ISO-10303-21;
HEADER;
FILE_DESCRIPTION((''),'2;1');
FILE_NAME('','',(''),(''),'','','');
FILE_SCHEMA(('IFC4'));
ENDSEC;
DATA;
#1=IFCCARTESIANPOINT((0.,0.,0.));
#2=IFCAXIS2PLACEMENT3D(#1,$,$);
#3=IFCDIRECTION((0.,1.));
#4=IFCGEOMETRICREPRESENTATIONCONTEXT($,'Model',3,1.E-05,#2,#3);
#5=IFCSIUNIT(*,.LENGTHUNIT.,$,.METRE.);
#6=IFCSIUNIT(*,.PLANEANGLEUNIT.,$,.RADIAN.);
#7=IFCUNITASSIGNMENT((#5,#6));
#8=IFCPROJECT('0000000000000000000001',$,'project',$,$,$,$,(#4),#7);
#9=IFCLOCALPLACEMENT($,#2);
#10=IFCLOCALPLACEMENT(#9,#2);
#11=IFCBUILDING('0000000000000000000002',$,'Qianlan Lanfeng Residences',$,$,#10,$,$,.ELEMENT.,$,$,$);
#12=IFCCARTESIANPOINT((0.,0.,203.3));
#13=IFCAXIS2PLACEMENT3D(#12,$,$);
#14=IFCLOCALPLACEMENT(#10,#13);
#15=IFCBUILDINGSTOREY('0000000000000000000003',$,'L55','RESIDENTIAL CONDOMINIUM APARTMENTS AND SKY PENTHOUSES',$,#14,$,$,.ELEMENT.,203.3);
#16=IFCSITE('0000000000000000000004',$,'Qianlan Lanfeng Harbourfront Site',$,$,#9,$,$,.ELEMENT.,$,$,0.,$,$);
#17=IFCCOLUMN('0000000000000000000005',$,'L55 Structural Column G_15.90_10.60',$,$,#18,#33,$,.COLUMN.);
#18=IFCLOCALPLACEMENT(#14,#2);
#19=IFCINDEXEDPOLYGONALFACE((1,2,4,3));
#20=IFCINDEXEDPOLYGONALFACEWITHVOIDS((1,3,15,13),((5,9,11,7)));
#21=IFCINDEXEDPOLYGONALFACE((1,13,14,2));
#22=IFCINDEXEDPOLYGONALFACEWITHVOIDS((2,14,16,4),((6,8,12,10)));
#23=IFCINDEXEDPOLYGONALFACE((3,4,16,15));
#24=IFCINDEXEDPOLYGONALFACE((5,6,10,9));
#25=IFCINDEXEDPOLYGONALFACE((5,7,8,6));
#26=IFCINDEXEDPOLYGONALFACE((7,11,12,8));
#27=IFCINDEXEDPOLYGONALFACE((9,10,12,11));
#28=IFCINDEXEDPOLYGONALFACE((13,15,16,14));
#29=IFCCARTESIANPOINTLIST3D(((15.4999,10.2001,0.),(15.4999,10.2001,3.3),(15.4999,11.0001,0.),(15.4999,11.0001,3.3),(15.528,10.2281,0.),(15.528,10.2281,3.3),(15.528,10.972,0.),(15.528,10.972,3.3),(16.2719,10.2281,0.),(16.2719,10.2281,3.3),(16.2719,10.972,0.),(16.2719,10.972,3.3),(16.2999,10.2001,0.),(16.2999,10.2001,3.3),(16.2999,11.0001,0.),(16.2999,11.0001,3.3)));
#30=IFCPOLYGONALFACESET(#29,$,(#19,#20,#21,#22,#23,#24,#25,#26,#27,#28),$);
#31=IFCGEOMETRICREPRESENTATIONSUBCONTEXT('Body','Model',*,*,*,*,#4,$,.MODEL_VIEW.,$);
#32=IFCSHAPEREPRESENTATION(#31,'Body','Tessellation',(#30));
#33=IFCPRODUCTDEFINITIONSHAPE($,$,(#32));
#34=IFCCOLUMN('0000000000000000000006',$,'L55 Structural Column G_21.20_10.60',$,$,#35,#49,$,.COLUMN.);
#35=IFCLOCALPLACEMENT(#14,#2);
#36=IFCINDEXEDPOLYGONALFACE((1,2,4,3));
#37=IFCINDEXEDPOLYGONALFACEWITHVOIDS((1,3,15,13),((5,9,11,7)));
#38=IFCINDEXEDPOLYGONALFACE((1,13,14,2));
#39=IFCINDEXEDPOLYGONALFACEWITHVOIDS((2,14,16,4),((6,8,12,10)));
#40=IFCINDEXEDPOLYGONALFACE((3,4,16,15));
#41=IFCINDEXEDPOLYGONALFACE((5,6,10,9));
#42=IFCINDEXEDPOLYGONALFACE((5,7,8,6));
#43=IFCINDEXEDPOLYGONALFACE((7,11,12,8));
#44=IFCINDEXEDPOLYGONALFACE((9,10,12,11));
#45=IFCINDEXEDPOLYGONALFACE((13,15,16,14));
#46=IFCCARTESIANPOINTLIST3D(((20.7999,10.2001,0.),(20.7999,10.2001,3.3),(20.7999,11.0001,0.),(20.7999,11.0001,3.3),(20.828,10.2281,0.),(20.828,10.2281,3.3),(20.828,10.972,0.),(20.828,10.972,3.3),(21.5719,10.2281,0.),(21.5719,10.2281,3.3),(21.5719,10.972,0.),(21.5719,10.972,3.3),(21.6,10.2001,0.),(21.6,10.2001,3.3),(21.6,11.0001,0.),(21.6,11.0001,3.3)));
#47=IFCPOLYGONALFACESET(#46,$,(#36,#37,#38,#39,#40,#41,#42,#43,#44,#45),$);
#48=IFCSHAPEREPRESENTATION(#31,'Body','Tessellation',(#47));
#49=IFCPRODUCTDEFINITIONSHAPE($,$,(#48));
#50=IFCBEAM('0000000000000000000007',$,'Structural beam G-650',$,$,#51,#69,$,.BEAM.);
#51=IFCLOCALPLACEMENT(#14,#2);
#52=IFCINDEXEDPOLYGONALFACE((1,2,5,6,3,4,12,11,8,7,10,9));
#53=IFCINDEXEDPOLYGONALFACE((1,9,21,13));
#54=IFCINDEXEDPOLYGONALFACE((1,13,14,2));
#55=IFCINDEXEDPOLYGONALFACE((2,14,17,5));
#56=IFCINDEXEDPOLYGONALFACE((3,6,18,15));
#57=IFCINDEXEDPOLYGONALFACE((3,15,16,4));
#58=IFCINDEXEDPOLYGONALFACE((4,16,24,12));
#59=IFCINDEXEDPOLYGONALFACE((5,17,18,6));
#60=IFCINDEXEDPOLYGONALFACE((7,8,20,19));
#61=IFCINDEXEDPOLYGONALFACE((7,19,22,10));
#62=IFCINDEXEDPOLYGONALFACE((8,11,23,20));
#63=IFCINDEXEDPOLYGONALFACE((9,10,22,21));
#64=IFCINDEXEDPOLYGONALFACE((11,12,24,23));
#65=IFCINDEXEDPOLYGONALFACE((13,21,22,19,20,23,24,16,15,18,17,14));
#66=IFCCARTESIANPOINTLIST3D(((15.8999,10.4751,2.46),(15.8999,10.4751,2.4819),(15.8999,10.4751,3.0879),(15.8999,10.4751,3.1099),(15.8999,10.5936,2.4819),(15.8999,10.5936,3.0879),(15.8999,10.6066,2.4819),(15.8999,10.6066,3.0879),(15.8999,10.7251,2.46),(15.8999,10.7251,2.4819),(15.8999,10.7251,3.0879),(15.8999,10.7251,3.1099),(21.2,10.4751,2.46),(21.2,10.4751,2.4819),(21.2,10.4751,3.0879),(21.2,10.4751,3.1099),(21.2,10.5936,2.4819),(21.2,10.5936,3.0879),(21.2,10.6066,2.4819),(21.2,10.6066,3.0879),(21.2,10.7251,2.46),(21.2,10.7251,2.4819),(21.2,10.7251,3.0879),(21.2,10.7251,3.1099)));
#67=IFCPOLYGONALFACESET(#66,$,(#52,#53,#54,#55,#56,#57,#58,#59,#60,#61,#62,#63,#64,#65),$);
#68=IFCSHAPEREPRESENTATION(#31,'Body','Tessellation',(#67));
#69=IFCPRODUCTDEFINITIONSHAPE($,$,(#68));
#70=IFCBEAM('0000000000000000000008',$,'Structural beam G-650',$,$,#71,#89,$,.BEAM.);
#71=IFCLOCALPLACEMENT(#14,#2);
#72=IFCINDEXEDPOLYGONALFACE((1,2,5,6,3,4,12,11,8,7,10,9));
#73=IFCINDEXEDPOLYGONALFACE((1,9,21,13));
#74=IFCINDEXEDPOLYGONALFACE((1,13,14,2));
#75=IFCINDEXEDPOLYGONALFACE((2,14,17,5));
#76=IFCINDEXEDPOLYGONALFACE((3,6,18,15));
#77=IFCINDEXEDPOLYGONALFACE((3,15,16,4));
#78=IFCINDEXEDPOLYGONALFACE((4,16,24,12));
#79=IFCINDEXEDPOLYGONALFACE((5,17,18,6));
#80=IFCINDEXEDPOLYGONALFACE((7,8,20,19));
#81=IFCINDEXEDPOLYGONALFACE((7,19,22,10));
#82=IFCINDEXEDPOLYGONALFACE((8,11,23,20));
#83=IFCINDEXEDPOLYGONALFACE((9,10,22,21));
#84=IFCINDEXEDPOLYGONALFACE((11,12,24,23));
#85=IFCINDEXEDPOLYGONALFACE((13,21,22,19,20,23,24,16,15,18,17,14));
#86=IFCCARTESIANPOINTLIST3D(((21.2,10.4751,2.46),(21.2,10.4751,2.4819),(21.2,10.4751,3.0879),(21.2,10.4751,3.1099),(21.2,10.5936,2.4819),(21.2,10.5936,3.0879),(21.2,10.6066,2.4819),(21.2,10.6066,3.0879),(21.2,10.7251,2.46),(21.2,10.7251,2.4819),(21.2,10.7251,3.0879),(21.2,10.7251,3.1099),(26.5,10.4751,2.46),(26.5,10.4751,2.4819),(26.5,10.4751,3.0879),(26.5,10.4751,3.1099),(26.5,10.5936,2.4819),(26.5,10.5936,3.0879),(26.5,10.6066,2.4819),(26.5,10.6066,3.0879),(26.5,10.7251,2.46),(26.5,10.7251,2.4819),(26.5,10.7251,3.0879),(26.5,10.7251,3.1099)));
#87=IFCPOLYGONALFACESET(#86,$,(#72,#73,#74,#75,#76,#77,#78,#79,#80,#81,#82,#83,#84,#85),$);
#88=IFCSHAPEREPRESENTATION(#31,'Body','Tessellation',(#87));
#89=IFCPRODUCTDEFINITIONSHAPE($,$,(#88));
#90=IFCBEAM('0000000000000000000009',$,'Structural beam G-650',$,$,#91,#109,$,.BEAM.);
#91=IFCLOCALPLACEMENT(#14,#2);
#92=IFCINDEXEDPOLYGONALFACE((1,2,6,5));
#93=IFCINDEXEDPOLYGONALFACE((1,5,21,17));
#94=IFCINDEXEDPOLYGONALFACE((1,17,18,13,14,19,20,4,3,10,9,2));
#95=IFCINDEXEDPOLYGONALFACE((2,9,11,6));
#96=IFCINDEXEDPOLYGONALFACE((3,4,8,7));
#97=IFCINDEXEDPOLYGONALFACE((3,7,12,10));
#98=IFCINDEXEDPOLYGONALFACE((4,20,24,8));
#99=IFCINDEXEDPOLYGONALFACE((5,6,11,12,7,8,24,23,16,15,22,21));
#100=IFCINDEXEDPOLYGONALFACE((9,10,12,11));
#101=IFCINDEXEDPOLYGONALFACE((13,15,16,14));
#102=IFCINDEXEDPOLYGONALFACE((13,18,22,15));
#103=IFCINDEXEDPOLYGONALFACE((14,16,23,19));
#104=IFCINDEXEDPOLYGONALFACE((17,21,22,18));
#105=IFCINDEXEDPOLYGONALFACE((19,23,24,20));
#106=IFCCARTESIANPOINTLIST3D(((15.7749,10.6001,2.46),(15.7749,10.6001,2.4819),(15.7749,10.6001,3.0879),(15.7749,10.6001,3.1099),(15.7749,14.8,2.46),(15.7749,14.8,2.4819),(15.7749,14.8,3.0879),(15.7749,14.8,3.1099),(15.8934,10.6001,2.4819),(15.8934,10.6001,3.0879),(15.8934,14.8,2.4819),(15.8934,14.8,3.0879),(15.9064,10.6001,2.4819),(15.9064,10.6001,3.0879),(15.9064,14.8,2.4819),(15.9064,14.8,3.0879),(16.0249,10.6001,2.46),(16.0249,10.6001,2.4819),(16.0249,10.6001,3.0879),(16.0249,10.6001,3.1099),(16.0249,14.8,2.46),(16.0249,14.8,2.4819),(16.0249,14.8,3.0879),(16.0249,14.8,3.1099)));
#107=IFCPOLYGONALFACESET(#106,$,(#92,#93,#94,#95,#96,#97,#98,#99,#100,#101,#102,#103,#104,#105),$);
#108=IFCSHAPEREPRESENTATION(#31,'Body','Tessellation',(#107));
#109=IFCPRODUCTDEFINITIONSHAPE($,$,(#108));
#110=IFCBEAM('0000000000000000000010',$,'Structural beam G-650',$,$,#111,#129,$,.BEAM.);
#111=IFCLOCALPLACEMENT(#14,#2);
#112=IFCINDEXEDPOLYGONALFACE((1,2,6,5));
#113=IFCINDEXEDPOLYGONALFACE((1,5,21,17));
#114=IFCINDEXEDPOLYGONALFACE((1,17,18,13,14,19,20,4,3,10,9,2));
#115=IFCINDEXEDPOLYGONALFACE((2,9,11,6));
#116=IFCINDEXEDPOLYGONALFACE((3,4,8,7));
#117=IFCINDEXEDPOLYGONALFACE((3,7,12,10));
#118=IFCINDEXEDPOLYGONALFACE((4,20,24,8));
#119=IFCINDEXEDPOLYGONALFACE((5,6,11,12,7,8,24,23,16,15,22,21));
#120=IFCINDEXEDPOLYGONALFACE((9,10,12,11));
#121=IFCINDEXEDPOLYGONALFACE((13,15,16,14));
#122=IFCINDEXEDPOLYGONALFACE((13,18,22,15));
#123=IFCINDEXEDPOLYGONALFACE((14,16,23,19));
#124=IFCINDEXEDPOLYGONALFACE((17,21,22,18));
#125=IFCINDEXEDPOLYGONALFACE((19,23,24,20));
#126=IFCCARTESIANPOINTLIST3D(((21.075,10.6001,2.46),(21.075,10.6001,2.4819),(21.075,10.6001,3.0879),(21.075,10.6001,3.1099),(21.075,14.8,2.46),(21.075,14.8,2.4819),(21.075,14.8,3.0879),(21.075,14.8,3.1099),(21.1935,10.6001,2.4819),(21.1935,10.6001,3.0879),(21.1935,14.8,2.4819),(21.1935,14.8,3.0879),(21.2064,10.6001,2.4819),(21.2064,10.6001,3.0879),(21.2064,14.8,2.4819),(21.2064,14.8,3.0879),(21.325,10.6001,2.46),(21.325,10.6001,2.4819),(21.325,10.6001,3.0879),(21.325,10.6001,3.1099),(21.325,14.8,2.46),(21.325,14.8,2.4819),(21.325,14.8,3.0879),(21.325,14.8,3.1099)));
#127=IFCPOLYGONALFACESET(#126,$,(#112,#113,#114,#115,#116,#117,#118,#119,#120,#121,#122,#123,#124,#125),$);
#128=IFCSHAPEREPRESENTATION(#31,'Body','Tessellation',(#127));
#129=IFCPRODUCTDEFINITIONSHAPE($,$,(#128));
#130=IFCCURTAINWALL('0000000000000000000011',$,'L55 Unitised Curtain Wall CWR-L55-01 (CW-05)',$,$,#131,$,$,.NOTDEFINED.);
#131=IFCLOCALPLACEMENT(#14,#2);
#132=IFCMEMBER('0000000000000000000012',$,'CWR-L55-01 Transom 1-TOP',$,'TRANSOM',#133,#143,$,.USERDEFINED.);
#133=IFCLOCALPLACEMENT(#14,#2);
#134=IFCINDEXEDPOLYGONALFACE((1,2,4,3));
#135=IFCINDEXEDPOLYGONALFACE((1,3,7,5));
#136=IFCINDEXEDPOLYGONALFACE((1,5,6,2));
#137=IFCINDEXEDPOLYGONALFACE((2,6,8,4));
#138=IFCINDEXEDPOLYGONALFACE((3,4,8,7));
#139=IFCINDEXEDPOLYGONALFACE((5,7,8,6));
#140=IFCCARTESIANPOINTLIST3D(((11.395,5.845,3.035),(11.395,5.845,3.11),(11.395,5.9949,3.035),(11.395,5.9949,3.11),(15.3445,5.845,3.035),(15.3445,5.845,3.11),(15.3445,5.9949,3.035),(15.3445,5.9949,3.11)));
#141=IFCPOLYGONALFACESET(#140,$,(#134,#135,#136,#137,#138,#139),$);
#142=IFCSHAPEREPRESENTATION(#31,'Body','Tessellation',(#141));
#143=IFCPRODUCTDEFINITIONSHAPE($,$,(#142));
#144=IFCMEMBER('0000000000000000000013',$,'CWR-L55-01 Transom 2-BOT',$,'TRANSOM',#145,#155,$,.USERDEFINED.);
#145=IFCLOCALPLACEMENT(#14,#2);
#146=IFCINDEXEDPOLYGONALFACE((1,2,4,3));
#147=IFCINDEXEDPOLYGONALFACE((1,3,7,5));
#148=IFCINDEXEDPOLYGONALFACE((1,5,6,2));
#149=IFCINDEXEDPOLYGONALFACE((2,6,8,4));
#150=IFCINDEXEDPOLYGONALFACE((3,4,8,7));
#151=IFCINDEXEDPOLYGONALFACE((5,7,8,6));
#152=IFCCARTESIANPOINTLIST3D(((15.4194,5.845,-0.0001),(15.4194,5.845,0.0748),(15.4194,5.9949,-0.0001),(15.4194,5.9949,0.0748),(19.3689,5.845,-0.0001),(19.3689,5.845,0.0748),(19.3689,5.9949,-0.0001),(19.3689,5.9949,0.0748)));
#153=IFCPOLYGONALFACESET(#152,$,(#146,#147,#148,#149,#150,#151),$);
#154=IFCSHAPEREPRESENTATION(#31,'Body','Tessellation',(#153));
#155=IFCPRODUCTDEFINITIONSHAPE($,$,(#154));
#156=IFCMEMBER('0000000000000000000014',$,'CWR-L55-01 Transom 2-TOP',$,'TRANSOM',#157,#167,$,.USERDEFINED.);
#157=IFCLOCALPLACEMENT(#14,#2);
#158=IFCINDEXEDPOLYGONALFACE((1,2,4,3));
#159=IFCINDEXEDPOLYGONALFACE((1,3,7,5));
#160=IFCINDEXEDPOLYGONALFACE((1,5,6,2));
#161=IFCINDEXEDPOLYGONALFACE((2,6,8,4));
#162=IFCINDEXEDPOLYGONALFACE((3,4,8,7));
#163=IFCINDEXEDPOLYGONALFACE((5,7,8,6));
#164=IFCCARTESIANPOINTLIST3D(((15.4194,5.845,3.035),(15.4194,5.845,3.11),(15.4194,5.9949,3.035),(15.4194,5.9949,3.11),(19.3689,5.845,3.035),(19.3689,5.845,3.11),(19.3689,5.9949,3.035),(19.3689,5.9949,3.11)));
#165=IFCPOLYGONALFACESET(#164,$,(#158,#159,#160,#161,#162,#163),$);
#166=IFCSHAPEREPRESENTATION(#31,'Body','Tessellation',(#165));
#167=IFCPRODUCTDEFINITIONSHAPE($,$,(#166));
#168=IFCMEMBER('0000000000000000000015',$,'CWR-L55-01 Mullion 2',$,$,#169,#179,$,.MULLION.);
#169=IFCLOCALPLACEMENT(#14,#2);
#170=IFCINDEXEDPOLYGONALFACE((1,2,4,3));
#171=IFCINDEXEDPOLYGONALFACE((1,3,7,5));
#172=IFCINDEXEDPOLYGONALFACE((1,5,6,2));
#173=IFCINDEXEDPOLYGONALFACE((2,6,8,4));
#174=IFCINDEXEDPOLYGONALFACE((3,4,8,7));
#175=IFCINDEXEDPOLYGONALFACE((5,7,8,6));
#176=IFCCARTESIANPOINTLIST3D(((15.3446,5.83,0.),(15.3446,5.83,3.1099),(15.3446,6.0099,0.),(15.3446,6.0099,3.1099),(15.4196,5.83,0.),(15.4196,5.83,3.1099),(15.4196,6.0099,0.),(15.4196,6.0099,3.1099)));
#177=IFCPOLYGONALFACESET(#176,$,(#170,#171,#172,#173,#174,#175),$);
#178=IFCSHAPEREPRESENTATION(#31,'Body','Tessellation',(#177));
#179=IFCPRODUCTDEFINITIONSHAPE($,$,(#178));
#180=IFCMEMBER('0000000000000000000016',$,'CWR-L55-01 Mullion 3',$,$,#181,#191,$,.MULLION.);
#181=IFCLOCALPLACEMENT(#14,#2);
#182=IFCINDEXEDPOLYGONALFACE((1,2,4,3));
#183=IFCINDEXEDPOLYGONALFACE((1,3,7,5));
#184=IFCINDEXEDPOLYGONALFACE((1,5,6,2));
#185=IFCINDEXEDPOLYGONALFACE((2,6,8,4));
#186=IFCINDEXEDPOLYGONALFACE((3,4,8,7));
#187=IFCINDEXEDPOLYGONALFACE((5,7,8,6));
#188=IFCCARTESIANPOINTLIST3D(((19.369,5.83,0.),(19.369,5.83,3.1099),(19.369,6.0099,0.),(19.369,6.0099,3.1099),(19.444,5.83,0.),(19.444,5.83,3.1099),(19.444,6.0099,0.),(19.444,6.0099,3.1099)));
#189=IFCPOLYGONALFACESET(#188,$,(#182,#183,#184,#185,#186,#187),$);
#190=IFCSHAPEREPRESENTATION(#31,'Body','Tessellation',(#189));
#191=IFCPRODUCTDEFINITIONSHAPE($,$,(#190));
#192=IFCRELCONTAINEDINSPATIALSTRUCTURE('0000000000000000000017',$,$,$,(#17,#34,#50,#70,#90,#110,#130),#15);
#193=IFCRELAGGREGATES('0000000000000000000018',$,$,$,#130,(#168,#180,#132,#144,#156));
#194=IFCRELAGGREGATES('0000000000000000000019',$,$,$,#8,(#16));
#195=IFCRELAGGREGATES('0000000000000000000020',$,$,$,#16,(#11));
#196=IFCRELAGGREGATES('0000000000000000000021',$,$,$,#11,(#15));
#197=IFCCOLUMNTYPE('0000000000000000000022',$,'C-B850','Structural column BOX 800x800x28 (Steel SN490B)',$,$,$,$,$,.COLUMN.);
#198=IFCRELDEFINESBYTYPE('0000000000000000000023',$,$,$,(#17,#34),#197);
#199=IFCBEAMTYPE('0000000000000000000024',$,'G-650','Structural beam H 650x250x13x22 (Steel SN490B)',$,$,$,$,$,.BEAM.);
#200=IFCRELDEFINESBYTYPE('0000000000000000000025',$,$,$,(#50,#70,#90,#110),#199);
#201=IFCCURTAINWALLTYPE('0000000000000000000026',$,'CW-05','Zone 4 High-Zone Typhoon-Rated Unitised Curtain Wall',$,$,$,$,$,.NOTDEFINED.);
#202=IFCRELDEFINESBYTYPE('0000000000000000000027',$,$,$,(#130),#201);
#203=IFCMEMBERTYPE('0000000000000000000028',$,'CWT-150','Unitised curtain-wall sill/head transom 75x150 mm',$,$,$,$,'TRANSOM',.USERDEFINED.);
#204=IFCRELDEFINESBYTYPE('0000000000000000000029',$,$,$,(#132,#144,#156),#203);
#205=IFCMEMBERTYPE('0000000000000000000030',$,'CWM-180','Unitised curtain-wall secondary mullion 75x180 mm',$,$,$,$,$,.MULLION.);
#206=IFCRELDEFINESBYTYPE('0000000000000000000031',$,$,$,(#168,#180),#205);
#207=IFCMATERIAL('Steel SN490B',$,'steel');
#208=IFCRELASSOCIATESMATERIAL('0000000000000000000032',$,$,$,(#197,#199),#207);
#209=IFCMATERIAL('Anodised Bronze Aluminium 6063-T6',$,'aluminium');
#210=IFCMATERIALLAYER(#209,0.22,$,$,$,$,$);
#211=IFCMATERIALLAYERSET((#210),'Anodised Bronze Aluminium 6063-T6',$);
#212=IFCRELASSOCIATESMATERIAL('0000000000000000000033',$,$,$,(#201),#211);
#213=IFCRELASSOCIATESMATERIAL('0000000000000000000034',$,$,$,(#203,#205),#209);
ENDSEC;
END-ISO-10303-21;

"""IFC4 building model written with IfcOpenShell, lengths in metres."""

from ifc_helpers import new_model, si_unit, direction, frame, origin, origin_2d, place, context, subcontext, project, spatial, rectangle, hollow_rectangle, i_section, extrude, source, transform, mapped, material, layer, layer_set, material_profile, profile_set, type_object, element, aggregate, save


model = new_model("IFC4")

# Units and contexts
model_context = context("Model", 3, precision=1e-05, world=origin(), true_north=direction((0.0, 1.0)))
body_context = subcontext(model_context, "Body", "Model", "MODEL_VIEW")
ifc_project = project(units=[si_unit("LENGTHUNIT", "METRE"), si_unit("PLANEANGLEUNIT", "RADIAN")], contexts=[model_context])

# Site, building, storey
site_placement = place(None, origin())
site = spatial("IfcSite", under=ifc_project, at=site_placement, Name="Qianlan Lanfeng Harbourfront Site", CompositionType="ELEMENT", RefElevation=0.0)
building_placement = place(site_placement, origin())
building = spatial("IfcBuilding", under=site, at=building_placement, Name="Qianlan Lanfeng Residences", CompositionType="ELEMENT")
storey_placement = place(building_placement, frame((0.0, 0.0, 203.3)))
storey = spatial("IfcBuildingStorey", under=building, at=storey_placement, Name="L55", Description="RESIDENTIAL CONDOMINIUM APARTMENTS AND SKY PENTHOUSES", CompositionType="ELEMENT", Elevation=203.3)

# Columns
ifc_material_1 = material(Name="Steel SN490B", Category="steel")
ifc_material_profile_1 = material_profile(ifc_material_1, hollow_rectangle(XDim=0.8, YDim=0.8, WallThickness=0.0281, at=origin_2d()), Name="BOX 800x800x28")
ifc_profile_set_1 = profile_set([ifc_material_profile_1], Name="Steel SN490B")
column_type = type_object("IfcColumnType", Name="C-B850", Description="Structural column BOX 800x800x28 (Steel SN490B)", PredefinedType="COLUMN", material=ifc_profile_set_1)
for number, where, z_axis, x_axis, name in (
    (1, (15.8999, 10.6001, 0.0), (0.0, 0.0, 1.0), (1.0, 0.0, 0.0), "L55 Structural Column G_15.90_10.60"),
    (2, (21.2, 10.6001, 0.0), (0.0, 0.0, 1.0), (1.0, 0.0, 0.0), "L55 Structural Column G_21.20_10.60"),
):
    element("IfcColumn", number, at=place(storey_placement, frame(where, z_axis=z_axis, x_axis=x_axis)), inside=storey, type_object=column_type, Name=name, PredefinedType="COLUMN", context=body_context, shape_type="SweptSolid", body=[
        extrude(hollow_rectangle(XDim=0.8, YDim=0.8, WallThickness=0.0281, at=origin_2d()), origin(), (0.0, 0.0, 1.0), 3.3),
    ])

# Beams
ifc_material_profile_2 = material_profile(ifc_material_1, i_section(OverallWidth=0.25, OverallDepth=0.6499, WebThickness=0.0129, FlangeThickness=0.022, at=origin_2d()), Name="H 650x250x13x22")
ifc_profile_set_2 = profile_set([ifc_material_profile_2], Name="Steel SN490B")
beam_type = type_object("IfcBeamType", Name="G-650", Description="Structural beam H 650x250x13x22 (Steel SN490B)", PredefinedType="BEAM", material=ifc_profile_set_2)
for number, where, z_axis, x_axis, name in (
    (3, (15.8999, 10.6001, 2.7849), (1.0, 0.0, 0.0), (0.0, 1.0, 0.0), "Structural beam G-650"),
    (4, (21.2, 10.6001, 2.7849), (1.0, 0.0, 0.0), (0.0, 1.0, 0.0), "Structural beam G-650"),
):
    element("IfcBeam", number, at=place(storey_placement, frame(where, z_axis=z_axis, x_axis=x_axis)), inside=storey, type_object=beam_type, Name=name, PredefinedType="BEAM", context=body_context, shape_type="SweptSolid", body=[
        extrude(i_section(OverallWidth=0.25, OverallDepth=0.6499, WebThickness=0.0129, FlangeThickness=0.022, at=origin_2d()), origin(), (0.0, 0.0, 1.0), 5.3),
    ])
for number, where, z_axis, x_axis, name in (
    (5, (15.8999, 10.6001, 2.7849), (0.0, 1.0, 0.0), (-1.0, 0.0, 0.0), "Structural beam G-650"),
    (6, (21.2, 10.6001, 2.7849), (0.0, 1.0, 0.0), (-1.0, 0.0, 0.0), "Structural beam G-650"),
):
    element("IfcBeam", number, at=place(storey_placement, frame(where, z_axis=z_axis, x_axis=x_axis)), inside=storey, type_object=beam_type, Name=name, PredefinedType="BEAM", context=body_context, shape_type="SweptSolid", body=[
        extrude(i_section(OverallWidth=0.25, OverallDepth=0.6499, WebThickness=0.0129, FlangeThickness=0.022, at=origin_2d()), origin(), (0.0, 0.0, 1.0), 4.2),
    ])

# Curtain wall, members
ifc_material_2 = material(Name="Anodised Bronze Aluminium 6063-T6", Category="aluminium")
ifc_layer_1 = layer(ifc_material_2, 0.22)
ifc_layer_set_1 = layer_set([ifc_layer_1], Name="Anodised Bronze Aluminium 6063-T6")
curtain_wall_type = type_object("IfcCurtainWallType", Name="CW-05", Description="Zone 4 High-Zone Typhoon-Rated Unitised Curtain Wall", PredefinedType="NOTDEFINED", material=ifc_layer_set_1)
curtain_wall_placement = place(storey_placement, origin())
curtain_wall = element("IfcCurtainWall", 7, at=curtain_wall_placement, inside=storey, type_object=curtain_wall_type, Name="L55 Unitised Curtain Wall CWR-L55-01 (CW-05)", PredefinedType="NOTDEFINED")
ifc_material_profile_3 = material_profile(ifc_material_2, rectangle(XDim=0.075, YDim=0.1499, at=origin_2d()), Name="ALU TRANSOM 75x150")
ifc_profile_set_3 = profile_set([ifc_material_profile_3], Name="Anodised Bronze Aluminium 6063-T6")
member_type_1 = type_object("IfcMemberType", Name="CWT-150", Description="Unitised curtain-wall sill/head transom 75x150 mm", ElementType="TRANSOM", PredefinedType="USERDEFINED", material=ifc_profile_set_3)
shared_shape_1 = source(origin(), body_context, "Body", "SweptSolid", [
    extrude(rectangle(XDim=0.075, YDim=0.1499, at=origin_2d()), origin(), (0.0, 0.0, 1.0), 3.9495),
])
member_1_placement = place(storey_placement, frame((11.395, 5.9199, 3.0725), z_axis=(1.0, 0.0, 0.0), x_axis=(0.0, 0.0, 1.0)))
member_1 = element("IfcMember", 8, at=member_1_placement, type_object=member_type_1, Name="CWR-L55-01 Transom 1-TOP", ObjectType="TRANSOM", PredefinedType="USERDEFINED", context=body_context, shape_type="MappedRepresentation", body=[
    mapped(shared_shape_1, transform((0.0, 0.0, 0.0), scale=1.0)),
])
member_2_placement = place(storey_placement, frame((15.4194, 5.9199, 0.0374), z_axis=(1.0, 0.0, 0.0), x_axis=(0.0, 0.0, 1.0)))
member_2 = element("IfcMember", 9, at=member_2_placement, type_object=member_type_1, Name="CWR-L55-01 Transom 2-BOT", ObjectType="TRANSOM", PredefinedType="USERDEFINED", context=body_context, shape_type="MappedRepresentation", body=[
    mapped(shared_shape_1, transform((0.0, 0.0, 0.0), scale=1.0)),
])
member_3_placement = place(storey_placement, frame((15.4194, 5.9199, 3.0725), z_axis=(1.0, 0.0, 0.0), x_axis=(0.0, 0.0, 1.0)))
member_3 = element("IfcMember", 10, at=member_3_placement, type_object=member_type_1, Name="CWR-L55-01 Transom 2-TOP", ObjectType="TRANSOM", PredefinedType="USERDEFINED", context=body_context, shape_type="MappedRepresentation", body=[
    mapped(shared_shape_1, transform((0.0, 0.0, 0.0), scale=1.0)),
])
ifc_material_profile_4 = material_profile(ifc_material_2, rectangle(XDim=0.075, YDim=0.1799, at=origin_2d()), Name="ALU MULLION 75x180")
ifc_profile_set_4 = profile_set([ifc_material_profile_4], Name="Anodised Bronze Aluminium 6063-T6")
member_type_2 = type_object("IfcMemberType", Name="CWM-180", Description="Unitised curtain-wall secondary mullion 75x180 mm", PredefinedType="MULLION", material=ifc_profile_set_4)
shared_shape_2 = source(origin(), body_context, "Body", "SweptSolid", [
    extrude(rectangle(XDim=0.075, YDim=0.1799, at=origin_2d()), origin(), (0.0, 0.0, 1.0), 3.1099),
])
member_4_placement = place(storey_placement, frame((15.3821, 5.9199, 0.0), z_axis=(0.0, 0.0, 1.0), x_axis=(1.0, 0.0, 0.0)))
member_4 = element("IfcMember", 11, at=member_4_placement, type_object=member_type_2, Name="CWR-L55-01 Mullion 2", PredefinedType="MULLION", context=body_context, shape_type="MappedRepresentation", body=[
    mapped(shared_shape_2, transform((0.0, 0.0, 0.0), scale=1.0)),
])
member_5_placement = place(storey_placement, frame((19.4065, 5.9199, 0.0), z_axis=(0.0, 0.0, 1.0), x_axis=(1.0, 0.0, 0.0)))
member_5 = element("IfcMember", 12, at=member_5_placement, type_object=member_type_2, Name="CWR-L55-01 Mullion 3", PredefinedType="MULLION", context=body_context, shape_type="MappedRepresentation", body=[
    mapped(shared_shape_2, transform((0.0, 0.0, 0.0), scale=1.0)),
])
aggregate(curtain_wall, [member_4, member_5, member_1, member_2, member_3])

save(model, "model.ifc")
